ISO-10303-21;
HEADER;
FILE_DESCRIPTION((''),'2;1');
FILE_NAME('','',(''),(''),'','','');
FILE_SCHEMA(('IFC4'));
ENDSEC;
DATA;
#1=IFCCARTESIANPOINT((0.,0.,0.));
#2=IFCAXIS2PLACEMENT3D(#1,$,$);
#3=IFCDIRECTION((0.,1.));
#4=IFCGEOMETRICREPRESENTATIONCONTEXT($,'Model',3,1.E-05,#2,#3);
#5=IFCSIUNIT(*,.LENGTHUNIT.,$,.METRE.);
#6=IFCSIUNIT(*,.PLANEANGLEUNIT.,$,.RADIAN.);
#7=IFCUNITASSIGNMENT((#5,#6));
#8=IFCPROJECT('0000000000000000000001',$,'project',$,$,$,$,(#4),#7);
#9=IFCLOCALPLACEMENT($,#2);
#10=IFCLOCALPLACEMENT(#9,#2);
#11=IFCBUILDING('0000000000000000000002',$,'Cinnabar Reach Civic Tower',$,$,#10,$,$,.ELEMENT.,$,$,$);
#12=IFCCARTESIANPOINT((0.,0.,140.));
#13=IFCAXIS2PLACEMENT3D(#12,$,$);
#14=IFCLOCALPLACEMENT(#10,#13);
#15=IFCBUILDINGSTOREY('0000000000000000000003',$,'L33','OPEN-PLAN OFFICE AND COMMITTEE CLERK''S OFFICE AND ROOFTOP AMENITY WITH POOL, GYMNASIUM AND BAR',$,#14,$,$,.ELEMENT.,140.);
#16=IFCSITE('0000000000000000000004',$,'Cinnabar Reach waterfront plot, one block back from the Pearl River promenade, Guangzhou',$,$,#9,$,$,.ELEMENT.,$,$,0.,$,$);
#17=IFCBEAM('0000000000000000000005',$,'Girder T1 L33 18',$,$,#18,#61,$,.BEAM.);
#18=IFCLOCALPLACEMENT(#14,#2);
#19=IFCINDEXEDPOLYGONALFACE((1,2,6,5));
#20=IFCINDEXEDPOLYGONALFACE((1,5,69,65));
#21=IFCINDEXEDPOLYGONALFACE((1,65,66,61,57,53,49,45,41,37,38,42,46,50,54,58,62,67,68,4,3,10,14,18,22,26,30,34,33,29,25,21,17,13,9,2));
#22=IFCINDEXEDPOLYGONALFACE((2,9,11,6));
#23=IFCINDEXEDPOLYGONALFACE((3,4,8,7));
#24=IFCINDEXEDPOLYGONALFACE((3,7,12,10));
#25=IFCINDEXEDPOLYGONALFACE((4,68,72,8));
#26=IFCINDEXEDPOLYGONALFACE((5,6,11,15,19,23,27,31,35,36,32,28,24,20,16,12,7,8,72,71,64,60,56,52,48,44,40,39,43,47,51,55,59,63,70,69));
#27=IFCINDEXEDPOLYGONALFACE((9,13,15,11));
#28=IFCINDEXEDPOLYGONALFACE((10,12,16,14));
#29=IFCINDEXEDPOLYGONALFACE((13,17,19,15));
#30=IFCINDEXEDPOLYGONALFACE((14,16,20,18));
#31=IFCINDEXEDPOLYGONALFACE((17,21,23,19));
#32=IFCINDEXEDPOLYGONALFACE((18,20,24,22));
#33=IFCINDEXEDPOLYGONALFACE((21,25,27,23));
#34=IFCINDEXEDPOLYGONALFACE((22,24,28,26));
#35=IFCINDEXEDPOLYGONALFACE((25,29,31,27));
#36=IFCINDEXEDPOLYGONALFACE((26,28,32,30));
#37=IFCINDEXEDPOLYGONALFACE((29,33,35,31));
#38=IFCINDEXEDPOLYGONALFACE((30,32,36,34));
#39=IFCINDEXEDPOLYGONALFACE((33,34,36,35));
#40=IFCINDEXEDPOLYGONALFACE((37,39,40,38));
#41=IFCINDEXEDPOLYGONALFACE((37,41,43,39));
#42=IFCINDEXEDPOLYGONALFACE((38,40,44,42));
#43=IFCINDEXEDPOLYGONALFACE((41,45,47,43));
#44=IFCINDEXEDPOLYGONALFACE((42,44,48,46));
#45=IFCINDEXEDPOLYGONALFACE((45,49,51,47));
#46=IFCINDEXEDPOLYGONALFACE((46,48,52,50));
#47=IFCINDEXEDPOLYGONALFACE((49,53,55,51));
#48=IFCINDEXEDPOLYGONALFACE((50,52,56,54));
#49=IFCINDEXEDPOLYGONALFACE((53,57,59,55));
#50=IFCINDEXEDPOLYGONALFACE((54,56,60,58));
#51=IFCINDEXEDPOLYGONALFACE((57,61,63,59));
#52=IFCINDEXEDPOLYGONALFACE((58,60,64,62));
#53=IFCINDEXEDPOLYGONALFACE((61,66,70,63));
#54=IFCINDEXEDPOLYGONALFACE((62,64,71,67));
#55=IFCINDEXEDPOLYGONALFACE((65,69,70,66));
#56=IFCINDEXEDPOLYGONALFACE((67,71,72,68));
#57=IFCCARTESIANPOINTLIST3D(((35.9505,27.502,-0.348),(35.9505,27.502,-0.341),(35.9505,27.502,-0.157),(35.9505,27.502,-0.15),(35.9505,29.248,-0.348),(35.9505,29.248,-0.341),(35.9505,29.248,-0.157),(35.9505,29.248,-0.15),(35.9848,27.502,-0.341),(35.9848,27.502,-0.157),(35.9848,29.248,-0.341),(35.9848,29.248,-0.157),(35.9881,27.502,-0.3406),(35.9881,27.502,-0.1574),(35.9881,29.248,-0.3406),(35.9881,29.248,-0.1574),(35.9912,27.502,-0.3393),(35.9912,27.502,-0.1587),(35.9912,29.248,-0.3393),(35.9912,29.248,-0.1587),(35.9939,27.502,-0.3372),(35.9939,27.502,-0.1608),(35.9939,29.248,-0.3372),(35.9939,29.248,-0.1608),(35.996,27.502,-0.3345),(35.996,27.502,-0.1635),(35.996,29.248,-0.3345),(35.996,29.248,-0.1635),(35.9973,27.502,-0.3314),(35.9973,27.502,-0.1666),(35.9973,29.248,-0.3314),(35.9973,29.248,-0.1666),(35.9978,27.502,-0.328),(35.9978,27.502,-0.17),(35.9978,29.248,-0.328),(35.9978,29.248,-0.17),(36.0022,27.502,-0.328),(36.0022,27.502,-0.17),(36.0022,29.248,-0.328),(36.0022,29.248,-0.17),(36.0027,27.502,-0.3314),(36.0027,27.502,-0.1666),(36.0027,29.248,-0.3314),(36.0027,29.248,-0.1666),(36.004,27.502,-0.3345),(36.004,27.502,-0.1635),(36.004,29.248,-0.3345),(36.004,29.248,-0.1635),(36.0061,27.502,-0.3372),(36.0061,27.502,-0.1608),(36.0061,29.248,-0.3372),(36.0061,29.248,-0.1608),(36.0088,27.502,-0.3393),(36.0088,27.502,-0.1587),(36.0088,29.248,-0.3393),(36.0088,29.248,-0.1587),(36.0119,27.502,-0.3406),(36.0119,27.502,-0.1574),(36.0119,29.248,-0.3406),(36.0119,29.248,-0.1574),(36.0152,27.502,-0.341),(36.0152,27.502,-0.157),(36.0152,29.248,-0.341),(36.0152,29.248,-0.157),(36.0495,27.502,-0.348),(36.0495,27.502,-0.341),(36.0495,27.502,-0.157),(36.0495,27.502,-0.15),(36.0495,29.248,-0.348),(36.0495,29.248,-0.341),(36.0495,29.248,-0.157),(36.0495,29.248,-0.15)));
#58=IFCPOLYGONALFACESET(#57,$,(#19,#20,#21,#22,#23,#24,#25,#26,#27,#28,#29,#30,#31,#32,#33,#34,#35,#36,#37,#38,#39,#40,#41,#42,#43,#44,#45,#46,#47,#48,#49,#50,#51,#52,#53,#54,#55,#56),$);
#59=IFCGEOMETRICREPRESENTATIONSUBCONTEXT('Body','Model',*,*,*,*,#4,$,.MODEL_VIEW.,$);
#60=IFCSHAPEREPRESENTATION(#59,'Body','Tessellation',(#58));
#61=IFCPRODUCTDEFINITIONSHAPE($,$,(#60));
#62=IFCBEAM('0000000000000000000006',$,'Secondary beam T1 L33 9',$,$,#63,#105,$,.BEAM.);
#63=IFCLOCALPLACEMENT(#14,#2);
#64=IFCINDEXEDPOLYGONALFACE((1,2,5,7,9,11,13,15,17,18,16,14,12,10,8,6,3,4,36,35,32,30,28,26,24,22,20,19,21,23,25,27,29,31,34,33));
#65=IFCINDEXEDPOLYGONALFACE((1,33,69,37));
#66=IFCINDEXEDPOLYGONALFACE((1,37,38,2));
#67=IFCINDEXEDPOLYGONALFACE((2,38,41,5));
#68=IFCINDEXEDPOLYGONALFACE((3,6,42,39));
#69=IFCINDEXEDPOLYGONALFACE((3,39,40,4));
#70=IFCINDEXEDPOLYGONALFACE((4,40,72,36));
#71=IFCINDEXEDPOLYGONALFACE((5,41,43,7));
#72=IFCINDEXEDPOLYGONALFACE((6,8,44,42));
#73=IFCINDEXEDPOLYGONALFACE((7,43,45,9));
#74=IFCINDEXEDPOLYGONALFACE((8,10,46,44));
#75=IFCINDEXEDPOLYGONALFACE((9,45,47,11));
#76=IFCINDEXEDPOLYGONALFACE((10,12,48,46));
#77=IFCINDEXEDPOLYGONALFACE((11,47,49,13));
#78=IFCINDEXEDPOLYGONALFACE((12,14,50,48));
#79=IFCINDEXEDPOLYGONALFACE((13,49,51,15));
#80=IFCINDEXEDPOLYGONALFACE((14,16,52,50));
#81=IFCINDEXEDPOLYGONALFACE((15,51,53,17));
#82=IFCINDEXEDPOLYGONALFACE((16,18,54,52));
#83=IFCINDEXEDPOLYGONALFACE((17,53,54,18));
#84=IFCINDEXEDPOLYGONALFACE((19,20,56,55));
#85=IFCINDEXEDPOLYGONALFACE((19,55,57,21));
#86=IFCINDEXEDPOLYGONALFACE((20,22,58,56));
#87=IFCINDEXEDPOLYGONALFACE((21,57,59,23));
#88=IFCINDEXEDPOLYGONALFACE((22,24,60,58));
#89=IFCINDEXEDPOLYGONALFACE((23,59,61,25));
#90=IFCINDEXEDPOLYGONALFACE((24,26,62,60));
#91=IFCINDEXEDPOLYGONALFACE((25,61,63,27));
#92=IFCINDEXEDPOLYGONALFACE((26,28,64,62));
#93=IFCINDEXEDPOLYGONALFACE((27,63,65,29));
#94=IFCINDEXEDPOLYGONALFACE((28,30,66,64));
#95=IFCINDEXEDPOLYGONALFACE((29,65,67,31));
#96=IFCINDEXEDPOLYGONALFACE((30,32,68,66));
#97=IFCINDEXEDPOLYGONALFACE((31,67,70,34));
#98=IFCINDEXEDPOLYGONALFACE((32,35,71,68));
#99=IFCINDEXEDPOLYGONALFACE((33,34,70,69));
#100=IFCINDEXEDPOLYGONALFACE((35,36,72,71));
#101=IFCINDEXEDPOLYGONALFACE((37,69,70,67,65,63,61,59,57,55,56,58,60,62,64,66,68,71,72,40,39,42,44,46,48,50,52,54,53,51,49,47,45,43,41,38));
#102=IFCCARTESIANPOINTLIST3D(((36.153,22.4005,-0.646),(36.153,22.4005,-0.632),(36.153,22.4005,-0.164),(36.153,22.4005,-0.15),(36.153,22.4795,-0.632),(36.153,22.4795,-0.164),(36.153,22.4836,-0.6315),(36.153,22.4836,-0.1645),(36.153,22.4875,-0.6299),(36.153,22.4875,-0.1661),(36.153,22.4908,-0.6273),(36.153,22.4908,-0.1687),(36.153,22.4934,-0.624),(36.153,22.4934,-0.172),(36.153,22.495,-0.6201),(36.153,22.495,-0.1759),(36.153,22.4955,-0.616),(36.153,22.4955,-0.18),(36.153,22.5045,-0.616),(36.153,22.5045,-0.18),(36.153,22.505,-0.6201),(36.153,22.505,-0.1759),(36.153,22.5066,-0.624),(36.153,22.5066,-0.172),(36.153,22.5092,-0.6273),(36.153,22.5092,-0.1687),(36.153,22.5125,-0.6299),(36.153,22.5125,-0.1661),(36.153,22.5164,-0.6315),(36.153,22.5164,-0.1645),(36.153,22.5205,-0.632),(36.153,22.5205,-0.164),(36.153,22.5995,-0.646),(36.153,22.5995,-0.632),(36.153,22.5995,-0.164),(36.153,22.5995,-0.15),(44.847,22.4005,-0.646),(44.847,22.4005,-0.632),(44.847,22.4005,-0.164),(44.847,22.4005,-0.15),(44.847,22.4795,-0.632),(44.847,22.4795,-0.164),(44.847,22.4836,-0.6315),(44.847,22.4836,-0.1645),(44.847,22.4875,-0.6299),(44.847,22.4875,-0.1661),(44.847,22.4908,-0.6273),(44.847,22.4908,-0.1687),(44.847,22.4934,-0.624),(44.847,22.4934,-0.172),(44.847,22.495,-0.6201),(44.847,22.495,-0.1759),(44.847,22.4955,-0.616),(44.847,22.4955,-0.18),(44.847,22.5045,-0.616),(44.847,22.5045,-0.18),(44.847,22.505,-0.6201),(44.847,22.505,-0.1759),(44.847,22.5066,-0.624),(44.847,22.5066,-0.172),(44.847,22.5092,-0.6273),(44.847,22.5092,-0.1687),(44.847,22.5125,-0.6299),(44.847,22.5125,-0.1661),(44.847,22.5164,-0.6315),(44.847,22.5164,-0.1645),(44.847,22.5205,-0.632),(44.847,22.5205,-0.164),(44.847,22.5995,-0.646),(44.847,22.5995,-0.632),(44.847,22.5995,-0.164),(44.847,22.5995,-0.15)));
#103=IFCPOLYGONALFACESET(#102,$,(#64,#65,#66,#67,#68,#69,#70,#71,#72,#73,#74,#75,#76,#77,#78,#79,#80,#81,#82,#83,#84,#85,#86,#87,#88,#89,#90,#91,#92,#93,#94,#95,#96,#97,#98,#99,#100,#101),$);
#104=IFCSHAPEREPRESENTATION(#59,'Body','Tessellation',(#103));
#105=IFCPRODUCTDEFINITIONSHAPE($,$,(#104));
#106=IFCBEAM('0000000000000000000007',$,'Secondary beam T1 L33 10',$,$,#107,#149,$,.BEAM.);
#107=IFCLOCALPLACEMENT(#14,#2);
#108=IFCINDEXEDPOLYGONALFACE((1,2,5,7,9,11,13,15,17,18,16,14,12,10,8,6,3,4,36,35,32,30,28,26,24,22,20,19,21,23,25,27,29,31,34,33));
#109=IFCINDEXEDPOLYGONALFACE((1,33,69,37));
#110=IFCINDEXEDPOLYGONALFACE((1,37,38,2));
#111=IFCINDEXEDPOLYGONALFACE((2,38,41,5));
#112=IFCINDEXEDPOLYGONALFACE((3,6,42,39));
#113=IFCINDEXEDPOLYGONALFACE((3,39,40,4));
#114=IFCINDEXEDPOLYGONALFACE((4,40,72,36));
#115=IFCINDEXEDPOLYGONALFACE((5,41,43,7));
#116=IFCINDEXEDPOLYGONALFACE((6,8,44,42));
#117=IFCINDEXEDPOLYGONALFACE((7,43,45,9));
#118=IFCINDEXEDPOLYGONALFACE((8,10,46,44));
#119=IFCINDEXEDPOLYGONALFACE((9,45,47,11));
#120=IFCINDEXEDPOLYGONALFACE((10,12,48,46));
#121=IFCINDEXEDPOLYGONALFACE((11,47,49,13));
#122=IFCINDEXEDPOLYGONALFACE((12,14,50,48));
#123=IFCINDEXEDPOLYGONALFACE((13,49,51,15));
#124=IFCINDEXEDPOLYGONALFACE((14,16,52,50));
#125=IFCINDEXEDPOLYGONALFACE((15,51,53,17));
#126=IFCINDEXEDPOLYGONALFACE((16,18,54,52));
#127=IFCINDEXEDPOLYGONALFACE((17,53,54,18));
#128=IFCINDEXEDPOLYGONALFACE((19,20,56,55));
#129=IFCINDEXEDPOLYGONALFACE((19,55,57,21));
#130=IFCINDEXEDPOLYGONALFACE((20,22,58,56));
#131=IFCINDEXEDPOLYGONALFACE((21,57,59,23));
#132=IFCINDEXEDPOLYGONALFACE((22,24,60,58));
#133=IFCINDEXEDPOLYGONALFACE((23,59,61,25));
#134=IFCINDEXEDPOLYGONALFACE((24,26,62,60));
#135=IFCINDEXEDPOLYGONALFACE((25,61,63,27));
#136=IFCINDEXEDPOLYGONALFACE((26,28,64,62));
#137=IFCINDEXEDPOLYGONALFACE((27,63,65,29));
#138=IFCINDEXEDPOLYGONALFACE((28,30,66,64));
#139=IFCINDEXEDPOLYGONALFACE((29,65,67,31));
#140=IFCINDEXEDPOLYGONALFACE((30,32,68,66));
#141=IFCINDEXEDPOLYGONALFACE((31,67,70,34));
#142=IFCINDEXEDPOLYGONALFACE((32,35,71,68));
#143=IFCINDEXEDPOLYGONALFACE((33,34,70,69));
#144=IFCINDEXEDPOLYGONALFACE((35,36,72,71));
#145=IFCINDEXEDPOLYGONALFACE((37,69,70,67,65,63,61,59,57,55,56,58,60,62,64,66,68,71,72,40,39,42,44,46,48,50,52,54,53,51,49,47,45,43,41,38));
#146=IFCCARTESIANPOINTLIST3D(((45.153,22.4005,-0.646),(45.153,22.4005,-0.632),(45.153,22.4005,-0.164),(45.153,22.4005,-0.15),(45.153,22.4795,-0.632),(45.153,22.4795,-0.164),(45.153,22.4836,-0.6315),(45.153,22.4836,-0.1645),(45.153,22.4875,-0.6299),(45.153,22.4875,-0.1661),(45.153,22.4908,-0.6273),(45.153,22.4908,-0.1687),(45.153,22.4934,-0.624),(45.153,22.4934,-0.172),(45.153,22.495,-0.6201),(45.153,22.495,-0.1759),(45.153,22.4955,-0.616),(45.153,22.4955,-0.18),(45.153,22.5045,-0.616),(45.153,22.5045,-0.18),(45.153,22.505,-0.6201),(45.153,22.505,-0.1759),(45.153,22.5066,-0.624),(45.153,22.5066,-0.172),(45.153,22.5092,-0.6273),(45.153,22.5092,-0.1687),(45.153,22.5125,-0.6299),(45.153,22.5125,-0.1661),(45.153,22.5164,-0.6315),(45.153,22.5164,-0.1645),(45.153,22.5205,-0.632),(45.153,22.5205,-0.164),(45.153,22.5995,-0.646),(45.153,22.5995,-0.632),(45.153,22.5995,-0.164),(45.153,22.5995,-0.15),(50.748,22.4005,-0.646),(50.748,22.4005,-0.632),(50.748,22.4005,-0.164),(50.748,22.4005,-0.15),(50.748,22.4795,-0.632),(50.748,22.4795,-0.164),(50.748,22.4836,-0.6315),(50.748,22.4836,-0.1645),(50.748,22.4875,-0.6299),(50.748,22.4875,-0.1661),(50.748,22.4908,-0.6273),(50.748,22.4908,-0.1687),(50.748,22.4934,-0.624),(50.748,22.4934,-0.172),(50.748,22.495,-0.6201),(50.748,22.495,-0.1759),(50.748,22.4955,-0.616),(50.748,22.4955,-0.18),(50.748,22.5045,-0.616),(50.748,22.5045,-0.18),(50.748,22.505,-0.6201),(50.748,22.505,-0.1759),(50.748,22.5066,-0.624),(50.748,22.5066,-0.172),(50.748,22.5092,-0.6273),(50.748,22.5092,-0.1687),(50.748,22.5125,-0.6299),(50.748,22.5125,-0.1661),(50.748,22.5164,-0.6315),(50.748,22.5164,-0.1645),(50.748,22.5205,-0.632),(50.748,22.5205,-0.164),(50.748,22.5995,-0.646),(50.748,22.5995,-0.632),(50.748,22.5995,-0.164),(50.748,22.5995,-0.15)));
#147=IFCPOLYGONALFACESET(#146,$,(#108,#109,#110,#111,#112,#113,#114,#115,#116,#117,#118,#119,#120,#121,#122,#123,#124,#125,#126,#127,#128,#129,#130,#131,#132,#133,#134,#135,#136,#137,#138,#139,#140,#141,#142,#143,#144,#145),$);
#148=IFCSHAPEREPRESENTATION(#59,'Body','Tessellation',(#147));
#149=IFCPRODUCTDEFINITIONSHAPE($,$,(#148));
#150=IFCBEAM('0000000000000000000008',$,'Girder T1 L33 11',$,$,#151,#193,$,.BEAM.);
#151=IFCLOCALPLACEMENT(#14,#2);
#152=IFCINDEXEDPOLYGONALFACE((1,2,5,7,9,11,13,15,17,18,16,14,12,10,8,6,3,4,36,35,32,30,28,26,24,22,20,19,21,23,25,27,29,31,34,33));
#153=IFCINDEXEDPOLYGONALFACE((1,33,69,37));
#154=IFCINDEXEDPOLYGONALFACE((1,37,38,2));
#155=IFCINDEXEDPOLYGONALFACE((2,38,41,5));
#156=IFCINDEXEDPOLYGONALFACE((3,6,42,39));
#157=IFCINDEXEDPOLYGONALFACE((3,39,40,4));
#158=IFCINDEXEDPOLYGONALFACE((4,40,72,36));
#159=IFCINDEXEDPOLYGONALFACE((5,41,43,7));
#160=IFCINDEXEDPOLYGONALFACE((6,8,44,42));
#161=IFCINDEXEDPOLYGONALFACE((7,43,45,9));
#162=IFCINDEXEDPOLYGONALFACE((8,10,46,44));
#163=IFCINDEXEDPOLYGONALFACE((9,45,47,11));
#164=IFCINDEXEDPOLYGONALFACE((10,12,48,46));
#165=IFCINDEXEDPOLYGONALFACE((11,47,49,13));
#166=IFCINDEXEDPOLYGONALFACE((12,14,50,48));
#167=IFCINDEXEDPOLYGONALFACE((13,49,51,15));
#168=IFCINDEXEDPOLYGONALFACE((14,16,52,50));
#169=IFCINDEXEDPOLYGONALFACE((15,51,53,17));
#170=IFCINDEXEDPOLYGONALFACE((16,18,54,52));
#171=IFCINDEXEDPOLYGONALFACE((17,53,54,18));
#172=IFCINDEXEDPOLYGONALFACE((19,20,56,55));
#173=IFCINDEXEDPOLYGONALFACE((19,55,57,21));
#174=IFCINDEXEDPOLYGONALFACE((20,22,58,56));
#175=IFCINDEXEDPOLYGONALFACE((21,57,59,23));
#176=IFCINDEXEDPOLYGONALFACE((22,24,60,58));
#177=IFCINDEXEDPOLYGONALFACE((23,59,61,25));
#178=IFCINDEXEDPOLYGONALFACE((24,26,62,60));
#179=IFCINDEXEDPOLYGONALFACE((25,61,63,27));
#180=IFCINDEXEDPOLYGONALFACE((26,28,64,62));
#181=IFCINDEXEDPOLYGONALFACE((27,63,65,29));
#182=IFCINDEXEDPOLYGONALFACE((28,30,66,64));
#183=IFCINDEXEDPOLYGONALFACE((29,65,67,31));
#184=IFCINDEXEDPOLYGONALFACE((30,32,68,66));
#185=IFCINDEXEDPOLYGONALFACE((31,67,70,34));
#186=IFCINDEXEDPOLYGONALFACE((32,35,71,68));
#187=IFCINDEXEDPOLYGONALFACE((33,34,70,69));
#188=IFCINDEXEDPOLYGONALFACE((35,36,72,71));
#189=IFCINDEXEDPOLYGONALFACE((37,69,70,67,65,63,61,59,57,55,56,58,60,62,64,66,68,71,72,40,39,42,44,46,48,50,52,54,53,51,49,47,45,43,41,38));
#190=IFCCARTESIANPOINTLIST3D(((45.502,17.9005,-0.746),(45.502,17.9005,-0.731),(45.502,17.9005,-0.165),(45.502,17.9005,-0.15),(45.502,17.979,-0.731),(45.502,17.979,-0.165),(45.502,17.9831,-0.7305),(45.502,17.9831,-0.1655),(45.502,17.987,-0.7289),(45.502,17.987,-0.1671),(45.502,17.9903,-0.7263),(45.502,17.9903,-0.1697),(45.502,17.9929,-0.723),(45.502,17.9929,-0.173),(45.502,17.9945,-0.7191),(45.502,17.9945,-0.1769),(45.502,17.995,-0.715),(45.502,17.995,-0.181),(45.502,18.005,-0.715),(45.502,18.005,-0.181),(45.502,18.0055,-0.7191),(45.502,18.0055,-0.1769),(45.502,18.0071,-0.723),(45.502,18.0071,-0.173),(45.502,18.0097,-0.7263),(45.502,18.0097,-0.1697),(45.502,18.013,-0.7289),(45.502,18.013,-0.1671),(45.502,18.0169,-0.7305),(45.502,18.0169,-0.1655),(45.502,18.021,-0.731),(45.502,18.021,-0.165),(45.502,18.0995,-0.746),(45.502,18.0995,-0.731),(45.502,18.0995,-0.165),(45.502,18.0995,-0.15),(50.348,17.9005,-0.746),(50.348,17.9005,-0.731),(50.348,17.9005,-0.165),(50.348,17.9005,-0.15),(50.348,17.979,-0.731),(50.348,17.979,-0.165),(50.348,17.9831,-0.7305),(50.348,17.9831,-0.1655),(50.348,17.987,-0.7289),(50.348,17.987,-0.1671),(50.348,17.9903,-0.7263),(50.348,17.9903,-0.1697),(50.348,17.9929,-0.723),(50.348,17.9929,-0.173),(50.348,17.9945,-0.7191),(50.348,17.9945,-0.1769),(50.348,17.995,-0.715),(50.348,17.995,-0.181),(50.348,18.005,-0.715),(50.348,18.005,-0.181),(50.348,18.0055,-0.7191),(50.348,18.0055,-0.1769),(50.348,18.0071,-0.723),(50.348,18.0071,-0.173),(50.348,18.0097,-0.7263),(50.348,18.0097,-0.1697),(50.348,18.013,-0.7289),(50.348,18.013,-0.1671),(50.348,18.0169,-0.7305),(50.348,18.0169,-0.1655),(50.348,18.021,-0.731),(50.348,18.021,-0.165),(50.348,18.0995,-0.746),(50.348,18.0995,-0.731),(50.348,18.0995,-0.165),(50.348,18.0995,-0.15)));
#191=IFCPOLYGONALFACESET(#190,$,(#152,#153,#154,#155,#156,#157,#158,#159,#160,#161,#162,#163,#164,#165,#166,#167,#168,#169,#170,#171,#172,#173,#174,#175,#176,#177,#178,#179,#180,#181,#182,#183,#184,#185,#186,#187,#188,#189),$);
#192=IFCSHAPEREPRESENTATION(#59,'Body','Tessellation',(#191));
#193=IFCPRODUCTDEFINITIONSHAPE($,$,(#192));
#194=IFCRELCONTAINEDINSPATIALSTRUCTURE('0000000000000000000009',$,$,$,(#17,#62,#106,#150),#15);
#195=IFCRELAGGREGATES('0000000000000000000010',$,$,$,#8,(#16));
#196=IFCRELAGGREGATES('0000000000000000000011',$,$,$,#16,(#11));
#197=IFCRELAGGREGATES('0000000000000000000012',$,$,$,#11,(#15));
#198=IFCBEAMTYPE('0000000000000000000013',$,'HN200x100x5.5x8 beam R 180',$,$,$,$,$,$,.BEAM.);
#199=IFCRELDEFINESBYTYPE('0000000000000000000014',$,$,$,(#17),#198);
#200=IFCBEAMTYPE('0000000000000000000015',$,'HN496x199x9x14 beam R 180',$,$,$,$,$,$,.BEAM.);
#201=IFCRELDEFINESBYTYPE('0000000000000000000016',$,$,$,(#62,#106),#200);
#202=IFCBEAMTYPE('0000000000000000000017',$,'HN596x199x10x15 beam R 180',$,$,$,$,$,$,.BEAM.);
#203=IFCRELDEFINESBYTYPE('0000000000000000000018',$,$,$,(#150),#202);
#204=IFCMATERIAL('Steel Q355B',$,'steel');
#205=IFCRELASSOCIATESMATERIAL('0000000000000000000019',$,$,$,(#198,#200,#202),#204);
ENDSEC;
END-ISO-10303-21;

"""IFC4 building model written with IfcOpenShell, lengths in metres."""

from ifc_helpers import new_model, si_unit, direction, frame, origin, origin_2d, place, context, subcontext, project, spatial, i_section, extrude, material, material_profile, profile_set, type_object, element, save


model = new_model("IFC4")

# Units and contexts
model_context = context("Model", 3, precision=1e-05, world=origin(), true_north=direction((0.0, 1.0)))
body_context = subcontext(model_context, "Body", "Model", "MODEL_VIEW")
ifc_project = project(units=[si_unit("LENGTHUNIT", "METRE"), si_unit("PLANEANGLEUNIT", "RADIAN")], contexts=[model_context])

# Site, building, storey
site_placement = place(None, origin())
site = spatial("IfcSite", under=ifc_project, at=site_placement, Name="Cinnabar Reach waterfront plot, one block back from the Pearl River promenade, Guangzhou", CompositionType="ELEMENT", RefElevation=0.0)
building_placement = place(site_placement, origin())
building = spatial("IfcBuilding", under=site, at=building_placement, Name="Cinnabar Reach Civic Tower", CompositionType="ELEMENT")
storey_placement = place(building_placement, frame((0.0, 0.0, 140.0)))
storey = spatial("IfcBuildingStorey", under=building, at=storey_placement, Name="L33", Description="OPEN-PLAN OFFICE AND COMMITTEE CLERK'S OFFICE AND ROOFTOP AMENITY WITH POOL, GYMNASIUM AND BAR", CompositionType="ELEMENT", Elevation=140.0)

# Beams
ifc_material_1 = material(Name="Steel Q355B", Category="steel")
ifc_material_profile_1 = material_profile(ifc_material_1, i_section(OverallWidth=0.099, OverallDepth=0.198, WebThickness=0.0045, FlangeThickness=0.007, FilletRadius=0.013, at=origin_2d()), Name="HN200x100x5.5x8")
ifc_profile_set_1 = profile_set([ifc_material_profile_1], Name="Steel Q355B")
beam_type_1 = type_object("IfcBeamType", Name="HN200x100x5.5x8 beam R 180", PredefinedType="BEAM", material=ifc_profile_set_1)
beam_1_placement = place(storey_placement, frame((36.0, 27.502, -0.249), z_axis=(0.0, 1.0, 0.0), x_axis=(-1.0, 0.0, 0.0)))
element("IfcBeam", 1, at=beam_1_placement, inside=storey, type_object=beam_type_1, Name="Girder T1 L33 18", PredefinedType="BEAM", context=body_context, shape_type="SweptSolid", body=[
    extrude(i_section(OverallWidth=0.099, OverallDepth=0.198, WebThickness=0.0045, FlangeThickness=0.007, FilletRadius=0.013, at=origin_2d()), origin(), (0.0, 0.0, 1.0), 1.746),
])
ifc_material_profile_2 = material_profile(ifc_material_1, i_section(OverallWidth=0.199, OverallDepth=0.496, WebThickness=0.009, FlangeThickness=0.014, FilletRadius=0.016, at=origin_2d()), Name="HN496x199x9x14")
ifc_profile_set_2 = profile_set([ifc_material_profile_2], Name="Steel Q355B")
beam_type_2 = type_object("IfcBeamType", Name="HN496x199x9x14 beam R 180", PredefinedType="BEAM", material=ifc_profile_set_2)
beam_2_placement = place(storey_placement, frame((36.153, 22.5, -0.398), z_axis=(1.0, 0.0, 0.0), x_axis=(0.0, 1.0, 0.0)))
element("IfcBeam", 2, at=beam_2_placement, inside=storey, type_object=beam_type_2, Name="Secondary beam T1 L33 9", PredefinedType="BEAM", context=body_context, shape_type="SweptSolid", body=[
    extrude(i_section(OverallWidth=0.199, OverallDepth=0.496, WebThickness=0.009, FlangeThickness=0.014, FilletRadius=0.016, at=origin_2d()), origin(), (0.0, 0.0, 1.0), 8.694),
])
beam_3_placement = place(storey_placement, frame((45.153, 22.5, -0.398), z_axis=(1.0, 0.0, 0.0), x_axis=(0.0, 1.0, 0.0)))
element("IfcBeam", 3, at=beam_3_placement, inside=storey, type_object=beam_type_2, Name="Secondary beam T1 L33 10", PredefinedType="BEAM", context=body_context, shape_type="SweptSolid", body=[
    extrude(i_section(OverallWidth=0.199, OverallDepth=0.496, WebThickness=0.009, FlangeThickness=0.014, FilletRadius=0.016, at=origin_2d()), origin(), (0.0, 0.0, 1.0), 5.595),
])
ifc_material_profile_3 = material_profile(ifc_material_1, i_section(OverallWidth=0.199, OverallDepth=0.596, WebThickness=0.01, FlangeThickness=0.015, FilletRadius=0.016, at=origin_2d()), Name="HN596x199x10x15")
ifc_profile_set_3 = profile_set([ifc_material_profile_3], Name="Steel Q355B")
beam_type_3 = type_object("IfcBeamType", Name="HN596x199x10x15 beam R 180", PredefinedType="BEAM", material=ifc_profile_set_3)
for number, where, z_axis, x_axis, name in (
    (4, (45.502, 18.0, -0.448), (1.0, 0.0, 0.0), (0.0, 1.0, 0.0), "Girder T1 L33 11"),
):
    element("IfcBeam", number, at=place(storey_placement, frame(where, z_axis=z_axis, x_axis=x_axis)), inside=storey, type_object=beam_type_3, Name=name, PredefinedType="BEAM", context=body_context, shape_type="SweptSolid", body=[
        extrude(i_section(OverallWidth=0.199, OverallDepth=0.596, WebThickness=0.01, FlangeThickness=0.015, FilletRadius=0.016, at=origin_2d()), origin(), (0.0, 0.0, 1.0), 4.846),
    ])

save(model, "model.ifc")
